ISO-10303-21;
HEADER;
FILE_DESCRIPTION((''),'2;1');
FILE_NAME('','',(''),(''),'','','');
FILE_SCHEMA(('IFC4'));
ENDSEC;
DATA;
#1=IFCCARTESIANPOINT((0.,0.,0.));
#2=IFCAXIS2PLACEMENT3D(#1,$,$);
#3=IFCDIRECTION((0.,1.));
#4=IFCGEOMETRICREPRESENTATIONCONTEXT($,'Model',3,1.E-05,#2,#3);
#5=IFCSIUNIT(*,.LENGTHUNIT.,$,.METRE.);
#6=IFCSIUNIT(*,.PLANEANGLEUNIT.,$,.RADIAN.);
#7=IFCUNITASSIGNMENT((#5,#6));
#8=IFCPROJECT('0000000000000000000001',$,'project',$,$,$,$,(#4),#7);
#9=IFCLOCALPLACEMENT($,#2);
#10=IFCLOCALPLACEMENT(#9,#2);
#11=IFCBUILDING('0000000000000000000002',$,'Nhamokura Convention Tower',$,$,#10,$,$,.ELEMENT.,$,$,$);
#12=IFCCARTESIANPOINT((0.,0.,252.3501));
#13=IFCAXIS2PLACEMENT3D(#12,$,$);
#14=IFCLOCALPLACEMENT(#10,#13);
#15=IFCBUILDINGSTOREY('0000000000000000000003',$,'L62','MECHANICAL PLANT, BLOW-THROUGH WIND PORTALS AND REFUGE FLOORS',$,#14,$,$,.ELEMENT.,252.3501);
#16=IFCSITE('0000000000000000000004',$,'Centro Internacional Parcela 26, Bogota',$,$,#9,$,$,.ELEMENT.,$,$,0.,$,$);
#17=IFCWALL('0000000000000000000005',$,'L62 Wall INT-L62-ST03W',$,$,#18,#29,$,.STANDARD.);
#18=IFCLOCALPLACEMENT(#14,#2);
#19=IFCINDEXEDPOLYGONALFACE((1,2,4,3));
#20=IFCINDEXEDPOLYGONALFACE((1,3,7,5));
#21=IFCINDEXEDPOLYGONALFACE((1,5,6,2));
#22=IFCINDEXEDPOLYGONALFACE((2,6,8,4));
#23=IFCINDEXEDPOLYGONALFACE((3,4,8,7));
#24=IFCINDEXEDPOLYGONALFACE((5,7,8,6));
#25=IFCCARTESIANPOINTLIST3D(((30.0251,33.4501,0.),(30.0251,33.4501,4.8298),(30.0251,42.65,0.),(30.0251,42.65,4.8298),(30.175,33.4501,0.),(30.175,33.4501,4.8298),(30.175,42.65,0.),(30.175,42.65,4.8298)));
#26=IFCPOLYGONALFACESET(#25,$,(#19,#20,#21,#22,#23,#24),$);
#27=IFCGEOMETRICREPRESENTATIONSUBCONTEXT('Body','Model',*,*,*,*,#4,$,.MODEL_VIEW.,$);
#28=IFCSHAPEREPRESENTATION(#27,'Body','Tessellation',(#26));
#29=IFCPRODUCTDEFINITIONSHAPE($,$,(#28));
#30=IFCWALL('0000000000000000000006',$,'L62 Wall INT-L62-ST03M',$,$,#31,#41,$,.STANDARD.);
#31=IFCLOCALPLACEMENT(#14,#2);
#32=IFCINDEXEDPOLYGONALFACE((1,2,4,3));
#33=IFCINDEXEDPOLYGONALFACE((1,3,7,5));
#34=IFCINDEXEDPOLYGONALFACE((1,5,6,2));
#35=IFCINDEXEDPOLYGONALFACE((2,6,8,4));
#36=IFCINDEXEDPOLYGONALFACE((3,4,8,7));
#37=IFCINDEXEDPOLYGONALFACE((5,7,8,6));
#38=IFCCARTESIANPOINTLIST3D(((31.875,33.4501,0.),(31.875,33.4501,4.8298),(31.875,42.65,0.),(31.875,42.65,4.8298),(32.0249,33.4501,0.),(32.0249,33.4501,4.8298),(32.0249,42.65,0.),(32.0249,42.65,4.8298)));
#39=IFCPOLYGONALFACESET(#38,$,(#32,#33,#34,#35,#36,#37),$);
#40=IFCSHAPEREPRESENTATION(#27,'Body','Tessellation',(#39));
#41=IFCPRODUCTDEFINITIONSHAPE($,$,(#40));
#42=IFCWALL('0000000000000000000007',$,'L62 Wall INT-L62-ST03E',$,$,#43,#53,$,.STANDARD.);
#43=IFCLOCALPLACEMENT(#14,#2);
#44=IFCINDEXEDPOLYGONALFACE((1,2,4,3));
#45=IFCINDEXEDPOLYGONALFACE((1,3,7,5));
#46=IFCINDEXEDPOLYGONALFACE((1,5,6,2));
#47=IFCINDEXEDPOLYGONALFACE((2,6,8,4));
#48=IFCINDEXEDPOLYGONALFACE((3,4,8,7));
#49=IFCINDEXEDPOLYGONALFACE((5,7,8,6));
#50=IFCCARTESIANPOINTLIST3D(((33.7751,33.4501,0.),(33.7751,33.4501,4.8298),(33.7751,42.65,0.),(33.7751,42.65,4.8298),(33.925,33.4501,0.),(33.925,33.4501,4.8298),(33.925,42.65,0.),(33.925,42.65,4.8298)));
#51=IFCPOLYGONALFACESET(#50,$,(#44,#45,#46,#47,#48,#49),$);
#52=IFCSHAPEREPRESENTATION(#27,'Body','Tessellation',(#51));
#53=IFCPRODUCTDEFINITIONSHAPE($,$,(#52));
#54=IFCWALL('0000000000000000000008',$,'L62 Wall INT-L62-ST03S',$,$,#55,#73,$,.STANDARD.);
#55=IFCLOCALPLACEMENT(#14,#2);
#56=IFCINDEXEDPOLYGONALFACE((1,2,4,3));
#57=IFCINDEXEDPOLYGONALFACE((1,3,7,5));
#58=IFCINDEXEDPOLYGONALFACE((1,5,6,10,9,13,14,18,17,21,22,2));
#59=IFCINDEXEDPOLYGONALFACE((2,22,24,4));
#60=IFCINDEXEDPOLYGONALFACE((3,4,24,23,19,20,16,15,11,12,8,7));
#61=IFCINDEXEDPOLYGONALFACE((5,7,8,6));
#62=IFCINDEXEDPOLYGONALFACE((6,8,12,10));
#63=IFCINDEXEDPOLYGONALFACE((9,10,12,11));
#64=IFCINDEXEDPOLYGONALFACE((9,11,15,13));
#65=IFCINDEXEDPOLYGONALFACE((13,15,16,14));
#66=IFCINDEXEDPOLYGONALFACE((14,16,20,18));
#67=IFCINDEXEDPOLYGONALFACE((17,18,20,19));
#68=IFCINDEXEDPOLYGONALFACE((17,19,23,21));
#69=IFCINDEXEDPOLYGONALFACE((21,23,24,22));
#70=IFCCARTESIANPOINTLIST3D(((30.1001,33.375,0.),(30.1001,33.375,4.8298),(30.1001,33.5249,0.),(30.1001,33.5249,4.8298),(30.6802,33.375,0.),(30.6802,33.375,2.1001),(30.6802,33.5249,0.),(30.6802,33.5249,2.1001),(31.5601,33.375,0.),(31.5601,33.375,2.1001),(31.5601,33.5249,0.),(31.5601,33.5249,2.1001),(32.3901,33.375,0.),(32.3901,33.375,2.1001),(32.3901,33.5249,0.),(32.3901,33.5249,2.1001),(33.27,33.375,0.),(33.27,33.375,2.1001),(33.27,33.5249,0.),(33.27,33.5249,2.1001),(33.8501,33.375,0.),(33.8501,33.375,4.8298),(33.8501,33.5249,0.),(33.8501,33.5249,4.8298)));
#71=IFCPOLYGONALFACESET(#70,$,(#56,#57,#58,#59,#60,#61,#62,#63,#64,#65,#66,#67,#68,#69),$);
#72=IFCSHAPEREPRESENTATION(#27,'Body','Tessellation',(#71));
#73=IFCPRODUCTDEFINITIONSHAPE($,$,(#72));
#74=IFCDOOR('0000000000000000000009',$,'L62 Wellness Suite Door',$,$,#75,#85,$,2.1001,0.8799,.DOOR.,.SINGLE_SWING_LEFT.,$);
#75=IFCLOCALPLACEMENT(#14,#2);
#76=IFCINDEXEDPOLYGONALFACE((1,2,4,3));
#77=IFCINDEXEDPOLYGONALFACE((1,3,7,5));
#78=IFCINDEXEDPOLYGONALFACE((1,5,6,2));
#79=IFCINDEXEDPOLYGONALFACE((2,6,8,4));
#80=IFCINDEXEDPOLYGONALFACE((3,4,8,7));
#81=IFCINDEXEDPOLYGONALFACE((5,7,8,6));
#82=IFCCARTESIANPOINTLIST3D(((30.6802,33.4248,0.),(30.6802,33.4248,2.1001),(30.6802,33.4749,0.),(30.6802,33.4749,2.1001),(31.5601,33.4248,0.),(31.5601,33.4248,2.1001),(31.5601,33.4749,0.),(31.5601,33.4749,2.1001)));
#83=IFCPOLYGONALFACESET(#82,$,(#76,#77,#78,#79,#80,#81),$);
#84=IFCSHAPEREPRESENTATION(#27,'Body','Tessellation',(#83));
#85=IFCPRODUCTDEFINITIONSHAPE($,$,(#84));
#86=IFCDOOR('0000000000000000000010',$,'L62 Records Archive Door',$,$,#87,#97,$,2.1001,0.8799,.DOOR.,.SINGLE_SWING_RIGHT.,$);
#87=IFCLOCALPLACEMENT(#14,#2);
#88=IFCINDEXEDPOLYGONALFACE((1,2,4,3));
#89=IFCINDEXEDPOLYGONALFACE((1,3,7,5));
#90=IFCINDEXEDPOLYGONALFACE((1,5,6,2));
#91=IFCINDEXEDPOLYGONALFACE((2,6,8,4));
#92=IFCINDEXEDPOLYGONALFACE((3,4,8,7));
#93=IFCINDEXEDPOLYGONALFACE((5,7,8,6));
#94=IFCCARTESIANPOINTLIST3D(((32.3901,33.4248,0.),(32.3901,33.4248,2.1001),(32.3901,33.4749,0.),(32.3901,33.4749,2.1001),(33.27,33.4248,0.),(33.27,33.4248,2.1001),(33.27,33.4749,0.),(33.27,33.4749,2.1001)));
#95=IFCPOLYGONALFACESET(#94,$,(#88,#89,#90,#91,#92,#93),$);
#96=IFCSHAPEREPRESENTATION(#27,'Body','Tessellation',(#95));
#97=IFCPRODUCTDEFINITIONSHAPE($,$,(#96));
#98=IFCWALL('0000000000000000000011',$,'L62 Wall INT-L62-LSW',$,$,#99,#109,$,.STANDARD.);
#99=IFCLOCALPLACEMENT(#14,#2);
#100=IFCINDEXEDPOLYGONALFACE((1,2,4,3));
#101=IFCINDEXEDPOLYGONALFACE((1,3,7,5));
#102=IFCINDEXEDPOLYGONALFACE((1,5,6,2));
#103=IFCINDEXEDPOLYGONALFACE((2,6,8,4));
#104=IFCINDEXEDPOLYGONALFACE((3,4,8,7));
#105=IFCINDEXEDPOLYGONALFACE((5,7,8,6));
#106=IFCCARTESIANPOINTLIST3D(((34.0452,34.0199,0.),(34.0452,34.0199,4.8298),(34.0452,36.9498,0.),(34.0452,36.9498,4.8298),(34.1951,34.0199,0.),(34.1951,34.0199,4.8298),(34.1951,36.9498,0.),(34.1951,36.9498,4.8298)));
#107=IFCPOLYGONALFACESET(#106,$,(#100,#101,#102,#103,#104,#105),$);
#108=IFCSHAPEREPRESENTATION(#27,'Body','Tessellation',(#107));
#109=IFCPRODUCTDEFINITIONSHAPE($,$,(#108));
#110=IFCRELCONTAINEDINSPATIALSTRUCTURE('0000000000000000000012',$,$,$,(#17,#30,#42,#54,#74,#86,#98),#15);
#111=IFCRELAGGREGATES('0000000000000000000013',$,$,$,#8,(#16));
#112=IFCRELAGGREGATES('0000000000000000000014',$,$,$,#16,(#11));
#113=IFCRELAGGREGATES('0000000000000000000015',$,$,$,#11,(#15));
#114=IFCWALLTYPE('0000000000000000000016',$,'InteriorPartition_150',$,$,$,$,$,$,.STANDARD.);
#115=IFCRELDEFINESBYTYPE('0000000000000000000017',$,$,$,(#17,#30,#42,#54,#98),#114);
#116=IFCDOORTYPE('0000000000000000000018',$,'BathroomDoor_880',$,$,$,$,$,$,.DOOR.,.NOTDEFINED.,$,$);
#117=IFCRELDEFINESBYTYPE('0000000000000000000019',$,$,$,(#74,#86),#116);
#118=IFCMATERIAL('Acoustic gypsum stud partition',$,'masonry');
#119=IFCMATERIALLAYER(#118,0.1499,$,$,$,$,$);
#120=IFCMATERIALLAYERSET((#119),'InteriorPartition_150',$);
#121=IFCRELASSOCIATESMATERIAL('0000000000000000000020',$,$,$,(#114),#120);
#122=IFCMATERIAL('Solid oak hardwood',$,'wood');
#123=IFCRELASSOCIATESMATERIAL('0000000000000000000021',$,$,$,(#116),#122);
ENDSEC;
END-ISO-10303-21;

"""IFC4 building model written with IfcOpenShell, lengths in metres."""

from ifc_helpers import new_model, si_unit, direction, frame, frame_2d, origin, place, context, subcontext, project, spatial, rectangle, extrude, material, layer, layer_set, type_object, element, fill, save


model = new_model("IFC4")

# Units and contexts
model_context = context("Model", 3, precision=1e-05, world=origin(), true_north=direction((0.0, 1.0)))
body_context = subcontext(model_context, "Body", "Model", "MODEL_VIEW")
ifc_project = project(units=[si_unit("LENGTHUNIT", "METRE"), si_unit("PLANEANGLEUNIT", "RADIAN")], contexts=[model_context])

# Site, building, storey
site_placement = place(None, origin())
site = spatial("IfcSite", under=ifc_project, at=site_placement, Name="Centro Internacional Parcela 26, Bogota", CompositionType="ELEMENT", RefElevation=0.0)
building_placement = place(site_placement, origin())
building = spatial("IfcBuilding", under=site, at=building_placement, Name="Nhamokura Convention Tower", CompositionType="ELEMENT")
storey_placement = place(building_placement, frame((0.0, 0.0, 252.3501)))
storey = spatial("IfcBuildingStorey", under=building, at=storey_placement, Name="L62", Description="MECHANICAL PLANT, BLOW-THROUGH WIND PORTALS AND REFUGE FLOORS", CompositionType="ELEMENT", Elevation=252.3501)

# Walls
ifc_material_1 = material(Name="Acoustic gypsum stud partition", Category="masonry")
ifc_layer_1 = layer(ifc_material_1, 0.1499)
ifc_layer_set_1 = layer_set([ifc_layer_1], Name="InteriorPartition_150")
wall_type_1 = type_object("IfcWallType", Name="InteriorPartition_150", PredefinedType="STANDARD", material=ifc_layer_set_1)
for number, where, z_axis, x_axis, name in (
    (1, (30.1001, 33.45, 0.0), (0.0, 0.0, 1.0), (0.0, 1.0, 0.0), "L62 Wall INT-L62-ST03W"),
    (2, (31.95, 33.45, 0.0), (0.0, 0.0, 1.0), (0.0, 1.0, 0.0), "L62 Wall INT-L62-ST03M"),
    (3, (33.8501, 33.45, 0.0), (0.0, 0.0, 1.0), (0.0, 1.0, 0.0), "L62 Wall INT-L62-ST03E"),
):
    element("IfcWall", number, at=place(storey_placement, frame(where, z_axis=z_axis, x_axis=x_axis)), inside=storey, type_object=wall_type_1, Name=name, PredefinedType="STANDARD", context=body_context, shape_type="SweptSolid", body=[
        extrude(rectangle(XDim=9.2, YDim=0.1499, at=frame_2d((4.6001, 0.0))), origin(), (0.0, 0.0, 1.0), 4.8298),
    ])

# Wall, openings, doors
wall_1_placement = place(storey_placement, frame((30.1001, 33.45, 0.0), z_axis=(0.0, 0.0, 1.0), x_axis=(1.0, 0.0, 0.0)))
wall_1 = element("IfcWall", 4, at=wall_1_placement, inside=storey, type_object=wall_type_1, Name="L62 Wall INT-L62-ST03S", PredefinedType="STANDARD", context=body_context, shape_type="SweptSolid", body=[
    extrude(rectangle(XDim=3.75, YDim=0.1499, at=frame_2d((1.875, 0.0))), origin(), (0.0, 0.0, 1.0), 4.8298),
])
opening_1_placement = place(wall_1_placement, frame((0.5801, 0.0, 0.0)))
opening_1 = element("IfcOpeningElement", 5, at=opening_1_placement, cuts=wall_1, PredefinedType="OPENING", context=body_context, shape_type="SweptSolid", body=[
    extrude(rectangle(XDim=0.8799, YDim=2.1001, at=frame_2d((0.4399, 1.05))), frame((0.0, 0.085, 0.0), z_axis=(0.0, -1.0, 0.0), x_axis=(1.0, 0.0, 0.0)), (0.0, 0.0, 1.0), 0.1699),
])
opening_2_placement = place(wall_1_placement, frame((2.29, 0.0, 0.0)))
opening_2 = element("IfcOpeningElement", 6, at=opening_2_placement, cuts=wall_1, PredefinedType="OPENING", context=body_context, shape_type="SweptSolid", body=[
    extrude(rectangle(XDim=0.8799, YDim=2.1001, at=frame_2d((0.4399, 1.05))), frame((0.0, 0.085, 0.0), z_axis=(0.0, -1.0, 0.0), x_axis=(1.0, 0.0, 0.0)), (0.0, 0.0, 1.0), 0.1699),
])
ifc_material_2 = material(Name="Solid oak hardwood", Category="wood")
door_type_1 = type_object("IfcDoorType", Name="BathroomDoor_880", OperationType="NOTDEFINED", PredefinedType="DOOR", material=ifc_material_2)
door_1_placement = place(opening_1_placement, origin())
door_1 = element("IfcDoor", 7, at=door_1_placement, inside=storey, type_object=door_type_1, Name="L62 Wellness Suite Door", OperationType="SINGLE_SWING_LEFT", OverallHeight=2.1001, OverallWidth=0.8799, PredefinedType="DOOR", context=body_context, shape_type="SweptSolid", body=[
    extrude(rectangle(XDim=0.8799, YDim=2.1001, at=frame_2d((0.4399, 1.05))), frame((0.0, 0.0249, 0.0), z_axis=(0.0, -1.0, 0.0), x_axis=(1.0, 0.0, 0.0)), (0.0, 0.0, 1.0), 0.05),
])
fill(opening_1, door_1)
door_2_placement = place(opening_2_placement, origin())
door_2 = element("IfcDoor", 8, at=door_2_placement, inside=storey, type_object=door_type_1, Name="L62 Records Archive Door", OperationType="SINGLE_SWING_RIGHT", OverallHeight=2.1001, OverallWidth=0.8799, PredefinedType="DOOR", context=body_context, shape_type="SweptSolid", body=[
    extrude(rectangle(XDim=0.8799, YDim=2.1001, at=frame_2d((0.4399, 1.05))), frame((0.0, 0.0249, 0.0), z_axis=(0.0, -1.0, 0.0), x_axis=(1.0, 0.0, 0.0)), (0.0, 0.0, 1.0), 0.05),
])
fill(opening_2, door_2)

# Wall
wall_2_placement = place(storey_placement, frame((34.1201, 34.02, 0.0), z_axis=(0.0, 0.0, 1.0), x_axis=(0.0, 1.0, 0.0)))
element("IfcWall", 9, at=wall_2_placement, inside=storey, type_object=wall_type_1, Name="L62 Wall INT-L62-LSW", PredefinedType="STANDARD", context=body_context, shape_type="SweptSolid", body=[
    extrude(rectangle(XDim=2.9299, YDim=0.1499, at=frame_2d((1.4648, 0.0))), origin(), (0.0, 0.0, 1.0), 4.8298),
])

save(model, "model.ifc")
